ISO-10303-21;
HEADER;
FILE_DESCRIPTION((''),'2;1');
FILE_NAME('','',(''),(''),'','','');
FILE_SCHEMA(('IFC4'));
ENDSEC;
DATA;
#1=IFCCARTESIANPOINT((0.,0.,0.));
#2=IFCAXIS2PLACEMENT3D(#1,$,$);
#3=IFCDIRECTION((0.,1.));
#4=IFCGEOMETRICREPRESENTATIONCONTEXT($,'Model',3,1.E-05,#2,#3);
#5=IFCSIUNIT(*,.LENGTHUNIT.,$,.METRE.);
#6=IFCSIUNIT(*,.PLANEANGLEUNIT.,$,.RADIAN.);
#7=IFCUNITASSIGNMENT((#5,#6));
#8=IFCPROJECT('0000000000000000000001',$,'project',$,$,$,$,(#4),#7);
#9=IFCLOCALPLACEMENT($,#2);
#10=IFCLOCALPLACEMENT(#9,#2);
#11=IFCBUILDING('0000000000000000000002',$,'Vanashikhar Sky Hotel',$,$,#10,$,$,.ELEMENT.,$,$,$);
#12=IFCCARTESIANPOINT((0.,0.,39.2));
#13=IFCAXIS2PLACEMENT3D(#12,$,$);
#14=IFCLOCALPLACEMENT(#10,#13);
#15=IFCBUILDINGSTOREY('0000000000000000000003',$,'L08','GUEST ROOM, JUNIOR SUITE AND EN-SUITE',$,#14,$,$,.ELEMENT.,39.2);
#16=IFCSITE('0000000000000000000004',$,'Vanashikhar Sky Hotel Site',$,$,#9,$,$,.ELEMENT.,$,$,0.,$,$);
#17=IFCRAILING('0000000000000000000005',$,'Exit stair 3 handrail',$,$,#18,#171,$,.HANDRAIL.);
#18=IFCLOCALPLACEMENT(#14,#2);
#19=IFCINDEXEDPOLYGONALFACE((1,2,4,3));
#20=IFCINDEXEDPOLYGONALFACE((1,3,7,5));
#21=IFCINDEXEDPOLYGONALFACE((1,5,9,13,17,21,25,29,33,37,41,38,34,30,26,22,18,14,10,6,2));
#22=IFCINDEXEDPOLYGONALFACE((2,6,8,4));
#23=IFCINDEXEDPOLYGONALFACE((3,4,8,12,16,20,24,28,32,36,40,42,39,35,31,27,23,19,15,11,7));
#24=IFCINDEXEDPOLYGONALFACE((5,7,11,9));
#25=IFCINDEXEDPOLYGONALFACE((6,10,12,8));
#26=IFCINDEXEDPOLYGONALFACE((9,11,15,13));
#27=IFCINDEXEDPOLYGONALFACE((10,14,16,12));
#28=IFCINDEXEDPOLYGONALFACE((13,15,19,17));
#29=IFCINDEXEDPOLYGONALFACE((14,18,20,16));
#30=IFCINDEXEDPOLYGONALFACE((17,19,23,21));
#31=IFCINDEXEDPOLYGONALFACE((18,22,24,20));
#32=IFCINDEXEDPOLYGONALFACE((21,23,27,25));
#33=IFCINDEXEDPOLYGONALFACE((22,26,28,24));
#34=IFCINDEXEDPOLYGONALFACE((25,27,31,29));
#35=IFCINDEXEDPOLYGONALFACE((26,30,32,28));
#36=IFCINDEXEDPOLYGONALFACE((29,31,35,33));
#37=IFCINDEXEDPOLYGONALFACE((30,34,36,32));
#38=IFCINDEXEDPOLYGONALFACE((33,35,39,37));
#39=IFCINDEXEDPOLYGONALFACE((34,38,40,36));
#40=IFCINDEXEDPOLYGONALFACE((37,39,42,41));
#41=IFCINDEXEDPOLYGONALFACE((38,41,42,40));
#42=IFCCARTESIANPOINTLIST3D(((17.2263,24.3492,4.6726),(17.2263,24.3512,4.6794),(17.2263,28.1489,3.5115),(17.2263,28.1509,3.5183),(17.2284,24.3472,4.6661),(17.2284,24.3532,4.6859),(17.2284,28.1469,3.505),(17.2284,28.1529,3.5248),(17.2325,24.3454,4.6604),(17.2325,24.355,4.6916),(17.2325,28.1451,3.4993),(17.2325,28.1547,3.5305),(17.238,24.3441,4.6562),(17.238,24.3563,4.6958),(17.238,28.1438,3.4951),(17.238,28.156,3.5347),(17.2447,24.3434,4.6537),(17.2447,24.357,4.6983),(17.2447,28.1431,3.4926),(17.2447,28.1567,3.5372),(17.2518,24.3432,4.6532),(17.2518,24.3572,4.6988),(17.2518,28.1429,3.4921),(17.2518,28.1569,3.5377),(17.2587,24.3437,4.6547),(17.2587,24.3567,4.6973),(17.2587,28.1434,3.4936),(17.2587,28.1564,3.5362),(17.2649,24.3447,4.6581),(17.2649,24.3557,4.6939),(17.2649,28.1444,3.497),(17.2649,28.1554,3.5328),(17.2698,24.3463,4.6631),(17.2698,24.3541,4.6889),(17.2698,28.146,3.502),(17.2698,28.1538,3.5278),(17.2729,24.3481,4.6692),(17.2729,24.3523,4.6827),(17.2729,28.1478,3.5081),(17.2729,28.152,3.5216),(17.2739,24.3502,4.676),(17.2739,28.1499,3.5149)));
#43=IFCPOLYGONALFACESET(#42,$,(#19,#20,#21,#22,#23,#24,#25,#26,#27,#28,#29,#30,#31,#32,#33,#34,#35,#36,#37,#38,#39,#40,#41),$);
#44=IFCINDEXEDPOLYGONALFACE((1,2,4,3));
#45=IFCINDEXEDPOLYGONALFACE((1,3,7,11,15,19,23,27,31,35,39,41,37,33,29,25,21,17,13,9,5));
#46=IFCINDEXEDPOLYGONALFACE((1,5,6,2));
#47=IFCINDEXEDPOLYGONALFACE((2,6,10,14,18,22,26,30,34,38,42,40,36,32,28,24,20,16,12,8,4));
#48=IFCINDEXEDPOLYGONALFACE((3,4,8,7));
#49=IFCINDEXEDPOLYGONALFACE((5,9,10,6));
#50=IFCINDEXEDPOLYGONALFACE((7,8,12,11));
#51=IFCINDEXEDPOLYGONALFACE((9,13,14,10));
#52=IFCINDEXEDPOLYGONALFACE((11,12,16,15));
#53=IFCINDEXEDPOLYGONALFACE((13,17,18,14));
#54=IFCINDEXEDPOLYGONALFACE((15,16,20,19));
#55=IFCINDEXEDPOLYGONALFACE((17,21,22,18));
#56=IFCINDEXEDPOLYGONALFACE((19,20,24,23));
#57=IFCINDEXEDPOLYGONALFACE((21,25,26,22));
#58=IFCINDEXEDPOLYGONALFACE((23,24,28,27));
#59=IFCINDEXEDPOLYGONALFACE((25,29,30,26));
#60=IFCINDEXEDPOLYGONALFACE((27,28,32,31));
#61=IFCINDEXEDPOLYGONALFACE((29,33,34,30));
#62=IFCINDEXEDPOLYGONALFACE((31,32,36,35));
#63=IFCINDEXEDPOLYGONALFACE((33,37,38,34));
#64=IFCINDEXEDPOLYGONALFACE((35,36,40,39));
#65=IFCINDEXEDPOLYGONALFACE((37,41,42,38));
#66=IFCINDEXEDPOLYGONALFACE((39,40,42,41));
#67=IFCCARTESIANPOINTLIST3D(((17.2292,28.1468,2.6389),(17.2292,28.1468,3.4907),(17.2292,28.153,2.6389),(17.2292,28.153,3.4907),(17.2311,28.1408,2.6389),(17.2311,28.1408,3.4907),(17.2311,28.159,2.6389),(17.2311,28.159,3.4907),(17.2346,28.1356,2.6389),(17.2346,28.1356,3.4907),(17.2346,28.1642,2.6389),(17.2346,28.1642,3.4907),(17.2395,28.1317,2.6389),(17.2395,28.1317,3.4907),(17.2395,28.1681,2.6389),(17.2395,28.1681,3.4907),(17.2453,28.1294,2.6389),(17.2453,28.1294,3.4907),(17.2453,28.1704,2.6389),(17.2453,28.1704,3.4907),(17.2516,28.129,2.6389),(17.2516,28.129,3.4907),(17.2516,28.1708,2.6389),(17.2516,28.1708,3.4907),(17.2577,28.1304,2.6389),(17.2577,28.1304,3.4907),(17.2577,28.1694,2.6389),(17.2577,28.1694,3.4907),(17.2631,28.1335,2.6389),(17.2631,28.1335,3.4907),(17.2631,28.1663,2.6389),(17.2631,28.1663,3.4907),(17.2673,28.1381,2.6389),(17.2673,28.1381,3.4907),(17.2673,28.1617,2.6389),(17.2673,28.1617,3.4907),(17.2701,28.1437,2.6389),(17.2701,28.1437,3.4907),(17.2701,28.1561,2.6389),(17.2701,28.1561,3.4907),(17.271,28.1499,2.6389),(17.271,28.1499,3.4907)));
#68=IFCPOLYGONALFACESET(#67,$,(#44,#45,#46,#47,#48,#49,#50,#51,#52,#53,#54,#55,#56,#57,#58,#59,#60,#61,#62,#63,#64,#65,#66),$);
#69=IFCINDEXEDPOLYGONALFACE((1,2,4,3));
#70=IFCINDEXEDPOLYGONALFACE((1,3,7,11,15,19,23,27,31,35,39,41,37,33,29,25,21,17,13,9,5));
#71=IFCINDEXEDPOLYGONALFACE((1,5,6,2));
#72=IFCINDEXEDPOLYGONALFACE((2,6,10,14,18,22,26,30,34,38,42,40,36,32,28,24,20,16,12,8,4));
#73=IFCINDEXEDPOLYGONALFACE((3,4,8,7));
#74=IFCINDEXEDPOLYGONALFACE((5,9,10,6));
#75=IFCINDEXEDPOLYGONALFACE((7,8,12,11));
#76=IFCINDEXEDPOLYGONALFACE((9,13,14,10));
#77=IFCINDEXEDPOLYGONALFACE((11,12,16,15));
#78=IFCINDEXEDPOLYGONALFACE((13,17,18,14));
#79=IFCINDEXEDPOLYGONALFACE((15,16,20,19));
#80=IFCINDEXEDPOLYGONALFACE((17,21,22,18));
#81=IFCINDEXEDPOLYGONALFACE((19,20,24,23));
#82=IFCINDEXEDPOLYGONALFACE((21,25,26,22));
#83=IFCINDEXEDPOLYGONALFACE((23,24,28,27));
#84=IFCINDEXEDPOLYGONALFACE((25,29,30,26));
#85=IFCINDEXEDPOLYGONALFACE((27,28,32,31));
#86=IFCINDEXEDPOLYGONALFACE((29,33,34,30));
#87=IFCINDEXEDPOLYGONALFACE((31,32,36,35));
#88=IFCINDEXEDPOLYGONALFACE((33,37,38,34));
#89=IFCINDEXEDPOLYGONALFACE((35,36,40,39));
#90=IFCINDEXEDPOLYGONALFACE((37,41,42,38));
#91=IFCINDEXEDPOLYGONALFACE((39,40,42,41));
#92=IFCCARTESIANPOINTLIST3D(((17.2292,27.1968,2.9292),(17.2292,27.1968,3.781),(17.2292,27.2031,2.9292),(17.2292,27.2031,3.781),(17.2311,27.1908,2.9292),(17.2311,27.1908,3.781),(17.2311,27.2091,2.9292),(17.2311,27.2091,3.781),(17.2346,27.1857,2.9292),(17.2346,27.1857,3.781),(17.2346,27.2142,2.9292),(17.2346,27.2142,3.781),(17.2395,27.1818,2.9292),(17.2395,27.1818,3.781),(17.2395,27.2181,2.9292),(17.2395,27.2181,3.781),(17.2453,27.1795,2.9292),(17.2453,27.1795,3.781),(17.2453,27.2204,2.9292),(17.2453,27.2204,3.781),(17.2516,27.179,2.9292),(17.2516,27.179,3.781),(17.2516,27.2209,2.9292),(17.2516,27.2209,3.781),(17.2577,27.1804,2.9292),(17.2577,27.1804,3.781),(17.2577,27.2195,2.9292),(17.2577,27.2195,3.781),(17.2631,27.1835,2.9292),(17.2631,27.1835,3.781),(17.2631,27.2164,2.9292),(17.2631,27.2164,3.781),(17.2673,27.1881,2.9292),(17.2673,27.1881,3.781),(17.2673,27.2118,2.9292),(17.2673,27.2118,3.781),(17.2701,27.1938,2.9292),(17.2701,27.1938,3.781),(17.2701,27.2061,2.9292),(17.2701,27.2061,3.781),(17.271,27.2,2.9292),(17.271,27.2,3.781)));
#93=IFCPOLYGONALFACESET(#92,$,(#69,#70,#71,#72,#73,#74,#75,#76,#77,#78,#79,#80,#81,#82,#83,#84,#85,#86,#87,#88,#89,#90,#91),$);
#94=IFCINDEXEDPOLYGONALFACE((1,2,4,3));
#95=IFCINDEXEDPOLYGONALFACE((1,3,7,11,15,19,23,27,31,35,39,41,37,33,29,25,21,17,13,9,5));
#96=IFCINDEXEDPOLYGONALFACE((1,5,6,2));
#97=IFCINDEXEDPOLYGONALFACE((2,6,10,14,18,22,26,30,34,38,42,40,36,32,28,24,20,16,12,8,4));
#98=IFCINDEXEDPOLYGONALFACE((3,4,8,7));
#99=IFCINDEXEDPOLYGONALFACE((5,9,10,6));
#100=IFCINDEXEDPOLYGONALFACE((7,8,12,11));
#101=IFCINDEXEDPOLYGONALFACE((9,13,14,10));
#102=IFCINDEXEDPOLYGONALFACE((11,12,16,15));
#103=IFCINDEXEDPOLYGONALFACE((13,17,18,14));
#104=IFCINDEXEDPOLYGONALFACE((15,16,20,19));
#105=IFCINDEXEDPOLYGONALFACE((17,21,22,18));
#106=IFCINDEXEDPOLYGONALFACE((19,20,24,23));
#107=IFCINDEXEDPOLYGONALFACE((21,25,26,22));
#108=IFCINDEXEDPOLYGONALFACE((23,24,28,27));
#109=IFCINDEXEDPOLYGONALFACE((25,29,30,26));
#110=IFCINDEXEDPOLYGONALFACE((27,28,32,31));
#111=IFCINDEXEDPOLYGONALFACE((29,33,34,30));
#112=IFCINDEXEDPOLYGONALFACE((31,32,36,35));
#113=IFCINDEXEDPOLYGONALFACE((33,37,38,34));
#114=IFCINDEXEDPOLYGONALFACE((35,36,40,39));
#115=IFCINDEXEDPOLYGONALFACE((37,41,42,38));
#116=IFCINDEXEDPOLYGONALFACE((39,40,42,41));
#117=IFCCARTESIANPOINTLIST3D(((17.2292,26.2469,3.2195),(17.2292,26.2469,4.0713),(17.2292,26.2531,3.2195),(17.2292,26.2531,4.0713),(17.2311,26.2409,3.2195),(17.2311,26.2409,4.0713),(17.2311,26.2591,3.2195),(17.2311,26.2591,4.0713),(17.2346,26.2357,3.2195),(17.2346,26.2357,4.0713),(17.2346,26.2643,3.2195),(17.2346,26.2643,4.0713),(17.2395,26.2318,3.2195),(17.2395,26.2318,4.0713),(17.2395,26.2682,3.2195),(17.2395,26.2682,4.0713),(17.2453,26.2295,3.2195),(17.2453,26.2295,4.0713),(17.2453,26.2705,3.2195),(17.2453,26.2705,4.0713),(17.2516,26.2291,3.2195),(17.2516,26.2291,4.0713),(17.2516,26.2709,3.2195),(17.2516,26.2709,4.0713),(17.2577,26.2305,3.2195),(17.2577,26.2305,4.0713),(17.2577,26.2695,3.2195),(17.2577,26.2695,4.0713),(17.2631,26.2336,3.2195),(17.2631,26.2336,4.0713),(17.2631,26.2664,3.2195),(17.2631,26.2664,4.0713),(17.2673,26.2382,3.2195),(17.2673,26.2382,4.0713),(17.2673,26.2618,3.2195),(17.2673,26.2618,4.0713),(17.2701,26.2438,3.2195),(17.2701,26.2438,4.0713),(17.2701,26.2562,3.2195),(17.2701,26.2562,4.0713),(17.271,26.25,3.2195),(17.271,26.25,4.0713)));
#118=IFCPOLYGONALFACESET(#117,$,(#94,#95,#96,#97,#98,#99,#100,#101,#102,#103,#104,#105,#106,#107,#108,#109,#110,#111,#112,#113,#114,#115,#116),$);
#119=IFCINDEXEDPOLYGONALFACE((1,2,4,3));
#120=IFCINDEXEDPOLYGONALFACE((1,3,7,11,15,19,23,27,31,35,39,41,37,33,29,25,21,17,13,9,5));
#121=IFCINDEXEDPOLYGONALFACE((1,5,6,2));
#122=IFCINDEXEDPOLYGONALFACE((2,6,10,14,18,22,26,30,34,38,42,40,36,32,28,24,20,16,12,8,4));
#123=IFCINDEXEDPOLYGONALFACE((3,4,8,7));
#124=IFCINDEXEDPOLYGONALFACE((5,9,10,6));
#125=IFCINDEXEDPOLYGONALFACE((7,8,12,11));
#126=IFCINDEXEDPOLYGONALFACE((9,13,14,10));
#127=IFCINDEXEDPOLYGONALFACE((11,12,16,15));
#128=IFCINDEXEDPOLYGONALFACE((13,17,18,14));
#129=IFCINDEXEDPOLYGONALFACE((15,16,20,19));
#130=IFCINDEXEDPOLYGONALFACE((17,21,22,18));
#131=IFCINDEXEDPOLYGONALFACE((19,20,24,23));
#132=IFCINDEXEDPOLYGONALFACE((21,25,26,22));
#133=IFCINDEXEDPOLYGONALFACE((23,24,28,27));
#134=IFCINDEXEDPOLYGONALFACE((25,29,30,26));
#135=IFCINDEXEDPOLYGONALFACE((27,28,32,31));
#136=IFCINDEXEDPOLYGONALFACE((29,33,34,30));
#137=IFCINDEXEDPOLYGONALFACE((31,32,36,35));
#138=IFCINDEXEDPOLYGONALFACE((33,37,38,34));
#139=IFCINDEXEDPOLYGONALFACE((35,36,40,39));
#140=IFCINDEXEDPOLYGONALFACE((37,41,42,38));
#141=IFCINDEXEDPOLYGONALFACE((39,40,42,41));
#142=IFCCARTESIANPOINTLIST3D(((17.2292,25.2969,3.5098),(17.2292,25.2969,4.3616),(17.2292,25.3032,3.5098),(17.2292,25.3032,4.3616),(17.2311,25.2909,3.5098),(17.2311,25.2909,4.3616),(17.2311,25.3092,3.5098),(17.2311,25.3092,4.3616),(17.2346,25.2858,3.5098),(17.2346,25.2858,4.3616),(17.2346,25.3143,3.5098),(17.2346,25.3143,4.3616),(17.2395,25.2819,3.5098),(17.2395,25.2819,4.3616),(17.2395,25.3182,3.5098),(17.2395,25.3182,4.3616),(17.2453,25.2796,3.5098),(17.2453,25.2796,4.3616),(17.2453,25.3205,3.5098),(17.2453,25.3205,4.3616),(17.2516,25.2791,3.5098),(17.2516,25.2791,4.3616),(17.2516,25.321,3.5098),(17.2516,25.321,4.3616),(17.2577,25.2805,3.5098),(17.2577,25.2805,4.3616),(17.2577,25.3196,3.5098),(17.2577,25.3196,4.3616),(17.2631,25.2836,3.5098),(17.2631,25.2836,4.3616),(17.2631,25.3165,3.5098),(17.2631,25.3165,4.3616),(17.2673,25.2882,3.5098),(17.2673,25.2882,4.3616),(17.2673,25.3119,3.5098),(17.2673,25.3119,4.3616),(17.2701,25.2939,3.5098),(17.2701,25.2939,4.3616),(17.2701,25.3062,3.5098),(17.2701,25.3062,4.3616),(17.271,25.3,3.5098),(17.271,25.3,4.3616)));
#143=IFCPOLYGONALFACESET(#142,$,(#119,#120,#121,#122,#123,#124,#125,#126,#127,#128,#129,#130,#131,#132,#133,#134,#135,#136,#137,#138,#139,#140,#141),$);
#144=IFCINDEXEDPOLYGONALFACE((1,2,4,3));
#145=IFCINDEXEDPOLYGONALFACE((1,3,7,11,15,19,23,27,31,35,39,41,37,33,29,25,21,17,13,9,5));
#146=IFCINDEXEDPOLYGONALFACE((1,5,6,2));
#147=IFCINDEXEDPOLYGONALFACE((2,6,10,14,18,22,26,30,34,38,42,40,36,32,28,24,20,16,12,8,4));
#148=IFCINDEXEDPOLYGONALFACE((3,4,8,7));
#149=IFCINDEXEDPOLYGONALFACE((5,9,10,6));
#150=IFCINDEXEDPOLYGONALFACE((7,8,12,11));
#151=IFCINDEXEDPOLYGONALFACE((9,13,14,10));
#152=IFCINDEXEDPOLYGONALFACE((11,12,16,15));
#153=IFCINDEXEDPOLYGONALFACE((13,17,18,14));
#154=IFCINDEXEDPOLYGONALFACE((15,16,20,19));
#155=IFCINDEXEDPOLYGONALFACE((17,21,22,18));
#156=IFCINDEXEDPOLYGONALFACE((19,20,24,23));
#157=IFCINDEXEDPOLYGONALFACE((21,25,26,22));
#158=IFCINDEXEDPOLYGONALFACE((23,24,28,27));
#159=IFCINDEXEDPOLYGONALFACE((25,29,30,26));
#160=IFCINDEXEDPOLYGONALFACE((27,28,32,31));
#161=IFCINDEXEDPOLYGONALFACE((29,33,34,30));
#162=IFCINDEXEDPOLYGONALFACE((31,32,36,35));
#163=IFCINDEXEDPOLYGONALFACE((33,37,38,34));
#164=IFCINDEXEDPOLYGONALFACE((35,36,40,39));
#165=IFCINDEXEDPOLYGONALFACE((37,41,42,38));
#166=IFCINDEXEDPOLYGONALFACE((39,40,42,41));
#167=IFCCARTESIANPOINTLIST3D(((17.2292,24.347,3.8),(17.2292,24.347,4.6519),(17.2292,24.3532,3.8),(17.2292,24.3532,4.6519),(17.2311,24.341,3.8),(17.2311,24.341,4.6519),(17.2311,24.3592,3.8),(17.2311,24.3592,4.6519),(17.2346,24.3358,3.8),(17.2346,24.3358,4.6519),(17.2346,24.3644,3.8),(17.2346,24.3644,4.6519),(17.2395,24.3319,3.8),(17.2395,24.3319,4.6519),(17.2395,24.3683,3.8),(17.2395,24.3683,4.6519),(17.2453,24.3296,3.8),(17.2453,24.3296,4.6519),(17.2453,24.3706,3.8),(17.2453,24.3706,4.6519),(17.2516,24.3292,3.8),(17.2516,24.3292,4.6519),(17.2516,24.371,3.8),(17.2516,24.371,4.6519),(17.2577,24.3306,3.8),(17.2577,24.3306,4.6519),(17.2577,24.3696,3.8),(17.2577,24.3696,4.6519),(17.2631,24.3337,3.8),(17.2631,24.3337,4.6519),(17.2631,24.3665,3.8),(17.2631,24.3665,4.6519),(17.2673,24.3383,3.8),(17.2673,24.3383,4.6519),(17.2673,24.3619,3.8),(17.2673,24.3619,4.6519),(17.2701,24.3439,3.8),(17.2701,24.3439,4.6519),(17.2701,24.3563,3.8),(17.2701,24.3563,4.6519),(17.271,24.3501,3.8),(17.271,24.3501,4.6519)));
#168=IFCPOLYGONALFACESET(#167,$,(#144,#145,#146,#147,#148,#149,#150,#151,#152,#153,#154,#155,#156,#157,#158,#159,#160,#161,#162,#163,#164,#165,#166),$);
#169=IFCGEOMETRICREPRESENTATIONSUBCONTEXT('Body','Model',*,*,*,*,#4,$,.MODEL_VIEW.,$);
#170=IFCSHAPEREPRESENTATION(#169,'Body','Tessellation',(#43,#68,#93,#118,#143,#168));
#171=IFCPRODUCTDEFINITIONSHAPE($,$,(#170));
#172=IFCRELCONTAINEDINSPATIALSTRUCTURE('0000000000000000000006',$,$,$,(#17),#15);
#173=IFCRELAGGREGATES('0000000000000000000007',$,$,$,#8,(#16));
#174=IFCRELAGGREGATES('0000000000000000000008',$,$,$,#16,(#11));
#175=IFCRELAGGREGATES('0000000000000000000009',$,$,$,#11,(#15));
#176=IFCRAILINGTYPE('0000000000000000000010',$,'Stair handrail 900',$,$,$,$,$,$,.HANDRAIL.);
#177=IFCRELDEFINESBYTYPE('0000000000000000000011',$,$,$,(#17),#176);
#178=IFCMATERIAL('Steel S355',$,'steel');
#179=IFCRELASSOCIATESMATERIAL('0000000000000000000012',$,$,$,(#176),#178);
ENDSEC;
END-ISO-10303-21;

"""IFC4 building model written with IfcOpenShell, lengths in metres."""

from ifc_helpers import new_model, si_unit, direction, frame, origin, origin_2d, place, context, subcontext, project, spatial, circle, extrude, source, transform, mapped, material, type_object, element, save


model = new_model("IFC4")

# Units and contexts
model_context = context("Model", 3, precision=1e-05, world=origin(), true_north=direction((0.0, 1.0)))
body_context = subcontext(model_context, "Body", "Model", "MODEL_VIEW")
ifc_project = project(units=[si_unit("LENGTHUNIT", "METRE"), si_unit("PLANEANGLEUNIT", "RADIAN")], contexts=[model_context])

# Site, building, storey
site_placement = place(None, origin())
site = spatial("IfcSite", under=ifc_project, at=site_placement, Name="Vanashikhar Sky Hotel Site", CompositionType="ELEMENT", RefElevation=0.0)
building_placement = place(site_placement, origin())
building = spatial("IfcBuilding", under=site, at=building_placement, Name="Vanashikhar Sky Hotel", CompositionType="ELEMENT")
storey_placement = place(building_placement, frame((0.0, 0.0, 39.2)))
storey = spatial("IfcBuildingStorey", under=building, at=storey_placement, Name="L08", Description="GUEST ROOM, JUNIOR SUITE AND EN-SUITE", CompositionType="ELEMENT", Elevation=39.2)

# Railing
ifc_material_1 = material(Name="Steel S355", Category="steel")
railing_type_1 = type_object("IfcRailingType", Name="Stair handrail 900", PredefinedType="HANDRAIL", material=ifc_material_1)
shared_shape_1 = source(origin(), body_context, "Body", "SweptSolid", [
    extrude(circle(Radius=0.0239, at=origin_2d()), frame((0.0, 0.0, 0.876), z_axis=(0.0, -0.956346, 0.292237), x_axis=(1.0, 0.0, 0.0)), (0.0, 0.0, 1.0), 3.9731),
    extrude(circle(Radius=0.021, at=origin_2d()), origin(), (0.0, 0.0, 1.0), 0.8518),
    extrude(circle(Radius=0.021, at=origin_2d()), frame((0.0, -0.95, 0.2903)), (0.0, 0.0, 1.0), 0.8518),
    extrude(circle(Radius=0.021, at=origin_2d()), frame((0.0, -1.8999, 0.5806)), (0.0, 0.0, 1.0), 0.8518),
    extrude(circle(Radius=0.021, at=origin_2d()), frame((0.0, -2.8499, 0.8708)), (0.0, 0.0, 1.0), 0.8518),
    extrude(circle(Radius=0.021, at=origin_2d()), frame((0.0, -3.7998, 1.1611)), (0.0, 0.0, 1.0), 0.8518),
])
railing_1_placement = place(storey_placement, frame((17.25, 28.1499, 2.6389)))
element("IfcRailing", 1, at=railing_1_placement, inside=storey, type_object=railing_type_1, Name="Exit stair 3 handrail", PredefinedType="HANDRAIL", context=body_context, shape_type="MappedRepresentation", body=[
    mapped(shared_shape_1, transform((0.0, 0.0, 0.0), scale=1.0)),
])

save(model, "model.ifc")
